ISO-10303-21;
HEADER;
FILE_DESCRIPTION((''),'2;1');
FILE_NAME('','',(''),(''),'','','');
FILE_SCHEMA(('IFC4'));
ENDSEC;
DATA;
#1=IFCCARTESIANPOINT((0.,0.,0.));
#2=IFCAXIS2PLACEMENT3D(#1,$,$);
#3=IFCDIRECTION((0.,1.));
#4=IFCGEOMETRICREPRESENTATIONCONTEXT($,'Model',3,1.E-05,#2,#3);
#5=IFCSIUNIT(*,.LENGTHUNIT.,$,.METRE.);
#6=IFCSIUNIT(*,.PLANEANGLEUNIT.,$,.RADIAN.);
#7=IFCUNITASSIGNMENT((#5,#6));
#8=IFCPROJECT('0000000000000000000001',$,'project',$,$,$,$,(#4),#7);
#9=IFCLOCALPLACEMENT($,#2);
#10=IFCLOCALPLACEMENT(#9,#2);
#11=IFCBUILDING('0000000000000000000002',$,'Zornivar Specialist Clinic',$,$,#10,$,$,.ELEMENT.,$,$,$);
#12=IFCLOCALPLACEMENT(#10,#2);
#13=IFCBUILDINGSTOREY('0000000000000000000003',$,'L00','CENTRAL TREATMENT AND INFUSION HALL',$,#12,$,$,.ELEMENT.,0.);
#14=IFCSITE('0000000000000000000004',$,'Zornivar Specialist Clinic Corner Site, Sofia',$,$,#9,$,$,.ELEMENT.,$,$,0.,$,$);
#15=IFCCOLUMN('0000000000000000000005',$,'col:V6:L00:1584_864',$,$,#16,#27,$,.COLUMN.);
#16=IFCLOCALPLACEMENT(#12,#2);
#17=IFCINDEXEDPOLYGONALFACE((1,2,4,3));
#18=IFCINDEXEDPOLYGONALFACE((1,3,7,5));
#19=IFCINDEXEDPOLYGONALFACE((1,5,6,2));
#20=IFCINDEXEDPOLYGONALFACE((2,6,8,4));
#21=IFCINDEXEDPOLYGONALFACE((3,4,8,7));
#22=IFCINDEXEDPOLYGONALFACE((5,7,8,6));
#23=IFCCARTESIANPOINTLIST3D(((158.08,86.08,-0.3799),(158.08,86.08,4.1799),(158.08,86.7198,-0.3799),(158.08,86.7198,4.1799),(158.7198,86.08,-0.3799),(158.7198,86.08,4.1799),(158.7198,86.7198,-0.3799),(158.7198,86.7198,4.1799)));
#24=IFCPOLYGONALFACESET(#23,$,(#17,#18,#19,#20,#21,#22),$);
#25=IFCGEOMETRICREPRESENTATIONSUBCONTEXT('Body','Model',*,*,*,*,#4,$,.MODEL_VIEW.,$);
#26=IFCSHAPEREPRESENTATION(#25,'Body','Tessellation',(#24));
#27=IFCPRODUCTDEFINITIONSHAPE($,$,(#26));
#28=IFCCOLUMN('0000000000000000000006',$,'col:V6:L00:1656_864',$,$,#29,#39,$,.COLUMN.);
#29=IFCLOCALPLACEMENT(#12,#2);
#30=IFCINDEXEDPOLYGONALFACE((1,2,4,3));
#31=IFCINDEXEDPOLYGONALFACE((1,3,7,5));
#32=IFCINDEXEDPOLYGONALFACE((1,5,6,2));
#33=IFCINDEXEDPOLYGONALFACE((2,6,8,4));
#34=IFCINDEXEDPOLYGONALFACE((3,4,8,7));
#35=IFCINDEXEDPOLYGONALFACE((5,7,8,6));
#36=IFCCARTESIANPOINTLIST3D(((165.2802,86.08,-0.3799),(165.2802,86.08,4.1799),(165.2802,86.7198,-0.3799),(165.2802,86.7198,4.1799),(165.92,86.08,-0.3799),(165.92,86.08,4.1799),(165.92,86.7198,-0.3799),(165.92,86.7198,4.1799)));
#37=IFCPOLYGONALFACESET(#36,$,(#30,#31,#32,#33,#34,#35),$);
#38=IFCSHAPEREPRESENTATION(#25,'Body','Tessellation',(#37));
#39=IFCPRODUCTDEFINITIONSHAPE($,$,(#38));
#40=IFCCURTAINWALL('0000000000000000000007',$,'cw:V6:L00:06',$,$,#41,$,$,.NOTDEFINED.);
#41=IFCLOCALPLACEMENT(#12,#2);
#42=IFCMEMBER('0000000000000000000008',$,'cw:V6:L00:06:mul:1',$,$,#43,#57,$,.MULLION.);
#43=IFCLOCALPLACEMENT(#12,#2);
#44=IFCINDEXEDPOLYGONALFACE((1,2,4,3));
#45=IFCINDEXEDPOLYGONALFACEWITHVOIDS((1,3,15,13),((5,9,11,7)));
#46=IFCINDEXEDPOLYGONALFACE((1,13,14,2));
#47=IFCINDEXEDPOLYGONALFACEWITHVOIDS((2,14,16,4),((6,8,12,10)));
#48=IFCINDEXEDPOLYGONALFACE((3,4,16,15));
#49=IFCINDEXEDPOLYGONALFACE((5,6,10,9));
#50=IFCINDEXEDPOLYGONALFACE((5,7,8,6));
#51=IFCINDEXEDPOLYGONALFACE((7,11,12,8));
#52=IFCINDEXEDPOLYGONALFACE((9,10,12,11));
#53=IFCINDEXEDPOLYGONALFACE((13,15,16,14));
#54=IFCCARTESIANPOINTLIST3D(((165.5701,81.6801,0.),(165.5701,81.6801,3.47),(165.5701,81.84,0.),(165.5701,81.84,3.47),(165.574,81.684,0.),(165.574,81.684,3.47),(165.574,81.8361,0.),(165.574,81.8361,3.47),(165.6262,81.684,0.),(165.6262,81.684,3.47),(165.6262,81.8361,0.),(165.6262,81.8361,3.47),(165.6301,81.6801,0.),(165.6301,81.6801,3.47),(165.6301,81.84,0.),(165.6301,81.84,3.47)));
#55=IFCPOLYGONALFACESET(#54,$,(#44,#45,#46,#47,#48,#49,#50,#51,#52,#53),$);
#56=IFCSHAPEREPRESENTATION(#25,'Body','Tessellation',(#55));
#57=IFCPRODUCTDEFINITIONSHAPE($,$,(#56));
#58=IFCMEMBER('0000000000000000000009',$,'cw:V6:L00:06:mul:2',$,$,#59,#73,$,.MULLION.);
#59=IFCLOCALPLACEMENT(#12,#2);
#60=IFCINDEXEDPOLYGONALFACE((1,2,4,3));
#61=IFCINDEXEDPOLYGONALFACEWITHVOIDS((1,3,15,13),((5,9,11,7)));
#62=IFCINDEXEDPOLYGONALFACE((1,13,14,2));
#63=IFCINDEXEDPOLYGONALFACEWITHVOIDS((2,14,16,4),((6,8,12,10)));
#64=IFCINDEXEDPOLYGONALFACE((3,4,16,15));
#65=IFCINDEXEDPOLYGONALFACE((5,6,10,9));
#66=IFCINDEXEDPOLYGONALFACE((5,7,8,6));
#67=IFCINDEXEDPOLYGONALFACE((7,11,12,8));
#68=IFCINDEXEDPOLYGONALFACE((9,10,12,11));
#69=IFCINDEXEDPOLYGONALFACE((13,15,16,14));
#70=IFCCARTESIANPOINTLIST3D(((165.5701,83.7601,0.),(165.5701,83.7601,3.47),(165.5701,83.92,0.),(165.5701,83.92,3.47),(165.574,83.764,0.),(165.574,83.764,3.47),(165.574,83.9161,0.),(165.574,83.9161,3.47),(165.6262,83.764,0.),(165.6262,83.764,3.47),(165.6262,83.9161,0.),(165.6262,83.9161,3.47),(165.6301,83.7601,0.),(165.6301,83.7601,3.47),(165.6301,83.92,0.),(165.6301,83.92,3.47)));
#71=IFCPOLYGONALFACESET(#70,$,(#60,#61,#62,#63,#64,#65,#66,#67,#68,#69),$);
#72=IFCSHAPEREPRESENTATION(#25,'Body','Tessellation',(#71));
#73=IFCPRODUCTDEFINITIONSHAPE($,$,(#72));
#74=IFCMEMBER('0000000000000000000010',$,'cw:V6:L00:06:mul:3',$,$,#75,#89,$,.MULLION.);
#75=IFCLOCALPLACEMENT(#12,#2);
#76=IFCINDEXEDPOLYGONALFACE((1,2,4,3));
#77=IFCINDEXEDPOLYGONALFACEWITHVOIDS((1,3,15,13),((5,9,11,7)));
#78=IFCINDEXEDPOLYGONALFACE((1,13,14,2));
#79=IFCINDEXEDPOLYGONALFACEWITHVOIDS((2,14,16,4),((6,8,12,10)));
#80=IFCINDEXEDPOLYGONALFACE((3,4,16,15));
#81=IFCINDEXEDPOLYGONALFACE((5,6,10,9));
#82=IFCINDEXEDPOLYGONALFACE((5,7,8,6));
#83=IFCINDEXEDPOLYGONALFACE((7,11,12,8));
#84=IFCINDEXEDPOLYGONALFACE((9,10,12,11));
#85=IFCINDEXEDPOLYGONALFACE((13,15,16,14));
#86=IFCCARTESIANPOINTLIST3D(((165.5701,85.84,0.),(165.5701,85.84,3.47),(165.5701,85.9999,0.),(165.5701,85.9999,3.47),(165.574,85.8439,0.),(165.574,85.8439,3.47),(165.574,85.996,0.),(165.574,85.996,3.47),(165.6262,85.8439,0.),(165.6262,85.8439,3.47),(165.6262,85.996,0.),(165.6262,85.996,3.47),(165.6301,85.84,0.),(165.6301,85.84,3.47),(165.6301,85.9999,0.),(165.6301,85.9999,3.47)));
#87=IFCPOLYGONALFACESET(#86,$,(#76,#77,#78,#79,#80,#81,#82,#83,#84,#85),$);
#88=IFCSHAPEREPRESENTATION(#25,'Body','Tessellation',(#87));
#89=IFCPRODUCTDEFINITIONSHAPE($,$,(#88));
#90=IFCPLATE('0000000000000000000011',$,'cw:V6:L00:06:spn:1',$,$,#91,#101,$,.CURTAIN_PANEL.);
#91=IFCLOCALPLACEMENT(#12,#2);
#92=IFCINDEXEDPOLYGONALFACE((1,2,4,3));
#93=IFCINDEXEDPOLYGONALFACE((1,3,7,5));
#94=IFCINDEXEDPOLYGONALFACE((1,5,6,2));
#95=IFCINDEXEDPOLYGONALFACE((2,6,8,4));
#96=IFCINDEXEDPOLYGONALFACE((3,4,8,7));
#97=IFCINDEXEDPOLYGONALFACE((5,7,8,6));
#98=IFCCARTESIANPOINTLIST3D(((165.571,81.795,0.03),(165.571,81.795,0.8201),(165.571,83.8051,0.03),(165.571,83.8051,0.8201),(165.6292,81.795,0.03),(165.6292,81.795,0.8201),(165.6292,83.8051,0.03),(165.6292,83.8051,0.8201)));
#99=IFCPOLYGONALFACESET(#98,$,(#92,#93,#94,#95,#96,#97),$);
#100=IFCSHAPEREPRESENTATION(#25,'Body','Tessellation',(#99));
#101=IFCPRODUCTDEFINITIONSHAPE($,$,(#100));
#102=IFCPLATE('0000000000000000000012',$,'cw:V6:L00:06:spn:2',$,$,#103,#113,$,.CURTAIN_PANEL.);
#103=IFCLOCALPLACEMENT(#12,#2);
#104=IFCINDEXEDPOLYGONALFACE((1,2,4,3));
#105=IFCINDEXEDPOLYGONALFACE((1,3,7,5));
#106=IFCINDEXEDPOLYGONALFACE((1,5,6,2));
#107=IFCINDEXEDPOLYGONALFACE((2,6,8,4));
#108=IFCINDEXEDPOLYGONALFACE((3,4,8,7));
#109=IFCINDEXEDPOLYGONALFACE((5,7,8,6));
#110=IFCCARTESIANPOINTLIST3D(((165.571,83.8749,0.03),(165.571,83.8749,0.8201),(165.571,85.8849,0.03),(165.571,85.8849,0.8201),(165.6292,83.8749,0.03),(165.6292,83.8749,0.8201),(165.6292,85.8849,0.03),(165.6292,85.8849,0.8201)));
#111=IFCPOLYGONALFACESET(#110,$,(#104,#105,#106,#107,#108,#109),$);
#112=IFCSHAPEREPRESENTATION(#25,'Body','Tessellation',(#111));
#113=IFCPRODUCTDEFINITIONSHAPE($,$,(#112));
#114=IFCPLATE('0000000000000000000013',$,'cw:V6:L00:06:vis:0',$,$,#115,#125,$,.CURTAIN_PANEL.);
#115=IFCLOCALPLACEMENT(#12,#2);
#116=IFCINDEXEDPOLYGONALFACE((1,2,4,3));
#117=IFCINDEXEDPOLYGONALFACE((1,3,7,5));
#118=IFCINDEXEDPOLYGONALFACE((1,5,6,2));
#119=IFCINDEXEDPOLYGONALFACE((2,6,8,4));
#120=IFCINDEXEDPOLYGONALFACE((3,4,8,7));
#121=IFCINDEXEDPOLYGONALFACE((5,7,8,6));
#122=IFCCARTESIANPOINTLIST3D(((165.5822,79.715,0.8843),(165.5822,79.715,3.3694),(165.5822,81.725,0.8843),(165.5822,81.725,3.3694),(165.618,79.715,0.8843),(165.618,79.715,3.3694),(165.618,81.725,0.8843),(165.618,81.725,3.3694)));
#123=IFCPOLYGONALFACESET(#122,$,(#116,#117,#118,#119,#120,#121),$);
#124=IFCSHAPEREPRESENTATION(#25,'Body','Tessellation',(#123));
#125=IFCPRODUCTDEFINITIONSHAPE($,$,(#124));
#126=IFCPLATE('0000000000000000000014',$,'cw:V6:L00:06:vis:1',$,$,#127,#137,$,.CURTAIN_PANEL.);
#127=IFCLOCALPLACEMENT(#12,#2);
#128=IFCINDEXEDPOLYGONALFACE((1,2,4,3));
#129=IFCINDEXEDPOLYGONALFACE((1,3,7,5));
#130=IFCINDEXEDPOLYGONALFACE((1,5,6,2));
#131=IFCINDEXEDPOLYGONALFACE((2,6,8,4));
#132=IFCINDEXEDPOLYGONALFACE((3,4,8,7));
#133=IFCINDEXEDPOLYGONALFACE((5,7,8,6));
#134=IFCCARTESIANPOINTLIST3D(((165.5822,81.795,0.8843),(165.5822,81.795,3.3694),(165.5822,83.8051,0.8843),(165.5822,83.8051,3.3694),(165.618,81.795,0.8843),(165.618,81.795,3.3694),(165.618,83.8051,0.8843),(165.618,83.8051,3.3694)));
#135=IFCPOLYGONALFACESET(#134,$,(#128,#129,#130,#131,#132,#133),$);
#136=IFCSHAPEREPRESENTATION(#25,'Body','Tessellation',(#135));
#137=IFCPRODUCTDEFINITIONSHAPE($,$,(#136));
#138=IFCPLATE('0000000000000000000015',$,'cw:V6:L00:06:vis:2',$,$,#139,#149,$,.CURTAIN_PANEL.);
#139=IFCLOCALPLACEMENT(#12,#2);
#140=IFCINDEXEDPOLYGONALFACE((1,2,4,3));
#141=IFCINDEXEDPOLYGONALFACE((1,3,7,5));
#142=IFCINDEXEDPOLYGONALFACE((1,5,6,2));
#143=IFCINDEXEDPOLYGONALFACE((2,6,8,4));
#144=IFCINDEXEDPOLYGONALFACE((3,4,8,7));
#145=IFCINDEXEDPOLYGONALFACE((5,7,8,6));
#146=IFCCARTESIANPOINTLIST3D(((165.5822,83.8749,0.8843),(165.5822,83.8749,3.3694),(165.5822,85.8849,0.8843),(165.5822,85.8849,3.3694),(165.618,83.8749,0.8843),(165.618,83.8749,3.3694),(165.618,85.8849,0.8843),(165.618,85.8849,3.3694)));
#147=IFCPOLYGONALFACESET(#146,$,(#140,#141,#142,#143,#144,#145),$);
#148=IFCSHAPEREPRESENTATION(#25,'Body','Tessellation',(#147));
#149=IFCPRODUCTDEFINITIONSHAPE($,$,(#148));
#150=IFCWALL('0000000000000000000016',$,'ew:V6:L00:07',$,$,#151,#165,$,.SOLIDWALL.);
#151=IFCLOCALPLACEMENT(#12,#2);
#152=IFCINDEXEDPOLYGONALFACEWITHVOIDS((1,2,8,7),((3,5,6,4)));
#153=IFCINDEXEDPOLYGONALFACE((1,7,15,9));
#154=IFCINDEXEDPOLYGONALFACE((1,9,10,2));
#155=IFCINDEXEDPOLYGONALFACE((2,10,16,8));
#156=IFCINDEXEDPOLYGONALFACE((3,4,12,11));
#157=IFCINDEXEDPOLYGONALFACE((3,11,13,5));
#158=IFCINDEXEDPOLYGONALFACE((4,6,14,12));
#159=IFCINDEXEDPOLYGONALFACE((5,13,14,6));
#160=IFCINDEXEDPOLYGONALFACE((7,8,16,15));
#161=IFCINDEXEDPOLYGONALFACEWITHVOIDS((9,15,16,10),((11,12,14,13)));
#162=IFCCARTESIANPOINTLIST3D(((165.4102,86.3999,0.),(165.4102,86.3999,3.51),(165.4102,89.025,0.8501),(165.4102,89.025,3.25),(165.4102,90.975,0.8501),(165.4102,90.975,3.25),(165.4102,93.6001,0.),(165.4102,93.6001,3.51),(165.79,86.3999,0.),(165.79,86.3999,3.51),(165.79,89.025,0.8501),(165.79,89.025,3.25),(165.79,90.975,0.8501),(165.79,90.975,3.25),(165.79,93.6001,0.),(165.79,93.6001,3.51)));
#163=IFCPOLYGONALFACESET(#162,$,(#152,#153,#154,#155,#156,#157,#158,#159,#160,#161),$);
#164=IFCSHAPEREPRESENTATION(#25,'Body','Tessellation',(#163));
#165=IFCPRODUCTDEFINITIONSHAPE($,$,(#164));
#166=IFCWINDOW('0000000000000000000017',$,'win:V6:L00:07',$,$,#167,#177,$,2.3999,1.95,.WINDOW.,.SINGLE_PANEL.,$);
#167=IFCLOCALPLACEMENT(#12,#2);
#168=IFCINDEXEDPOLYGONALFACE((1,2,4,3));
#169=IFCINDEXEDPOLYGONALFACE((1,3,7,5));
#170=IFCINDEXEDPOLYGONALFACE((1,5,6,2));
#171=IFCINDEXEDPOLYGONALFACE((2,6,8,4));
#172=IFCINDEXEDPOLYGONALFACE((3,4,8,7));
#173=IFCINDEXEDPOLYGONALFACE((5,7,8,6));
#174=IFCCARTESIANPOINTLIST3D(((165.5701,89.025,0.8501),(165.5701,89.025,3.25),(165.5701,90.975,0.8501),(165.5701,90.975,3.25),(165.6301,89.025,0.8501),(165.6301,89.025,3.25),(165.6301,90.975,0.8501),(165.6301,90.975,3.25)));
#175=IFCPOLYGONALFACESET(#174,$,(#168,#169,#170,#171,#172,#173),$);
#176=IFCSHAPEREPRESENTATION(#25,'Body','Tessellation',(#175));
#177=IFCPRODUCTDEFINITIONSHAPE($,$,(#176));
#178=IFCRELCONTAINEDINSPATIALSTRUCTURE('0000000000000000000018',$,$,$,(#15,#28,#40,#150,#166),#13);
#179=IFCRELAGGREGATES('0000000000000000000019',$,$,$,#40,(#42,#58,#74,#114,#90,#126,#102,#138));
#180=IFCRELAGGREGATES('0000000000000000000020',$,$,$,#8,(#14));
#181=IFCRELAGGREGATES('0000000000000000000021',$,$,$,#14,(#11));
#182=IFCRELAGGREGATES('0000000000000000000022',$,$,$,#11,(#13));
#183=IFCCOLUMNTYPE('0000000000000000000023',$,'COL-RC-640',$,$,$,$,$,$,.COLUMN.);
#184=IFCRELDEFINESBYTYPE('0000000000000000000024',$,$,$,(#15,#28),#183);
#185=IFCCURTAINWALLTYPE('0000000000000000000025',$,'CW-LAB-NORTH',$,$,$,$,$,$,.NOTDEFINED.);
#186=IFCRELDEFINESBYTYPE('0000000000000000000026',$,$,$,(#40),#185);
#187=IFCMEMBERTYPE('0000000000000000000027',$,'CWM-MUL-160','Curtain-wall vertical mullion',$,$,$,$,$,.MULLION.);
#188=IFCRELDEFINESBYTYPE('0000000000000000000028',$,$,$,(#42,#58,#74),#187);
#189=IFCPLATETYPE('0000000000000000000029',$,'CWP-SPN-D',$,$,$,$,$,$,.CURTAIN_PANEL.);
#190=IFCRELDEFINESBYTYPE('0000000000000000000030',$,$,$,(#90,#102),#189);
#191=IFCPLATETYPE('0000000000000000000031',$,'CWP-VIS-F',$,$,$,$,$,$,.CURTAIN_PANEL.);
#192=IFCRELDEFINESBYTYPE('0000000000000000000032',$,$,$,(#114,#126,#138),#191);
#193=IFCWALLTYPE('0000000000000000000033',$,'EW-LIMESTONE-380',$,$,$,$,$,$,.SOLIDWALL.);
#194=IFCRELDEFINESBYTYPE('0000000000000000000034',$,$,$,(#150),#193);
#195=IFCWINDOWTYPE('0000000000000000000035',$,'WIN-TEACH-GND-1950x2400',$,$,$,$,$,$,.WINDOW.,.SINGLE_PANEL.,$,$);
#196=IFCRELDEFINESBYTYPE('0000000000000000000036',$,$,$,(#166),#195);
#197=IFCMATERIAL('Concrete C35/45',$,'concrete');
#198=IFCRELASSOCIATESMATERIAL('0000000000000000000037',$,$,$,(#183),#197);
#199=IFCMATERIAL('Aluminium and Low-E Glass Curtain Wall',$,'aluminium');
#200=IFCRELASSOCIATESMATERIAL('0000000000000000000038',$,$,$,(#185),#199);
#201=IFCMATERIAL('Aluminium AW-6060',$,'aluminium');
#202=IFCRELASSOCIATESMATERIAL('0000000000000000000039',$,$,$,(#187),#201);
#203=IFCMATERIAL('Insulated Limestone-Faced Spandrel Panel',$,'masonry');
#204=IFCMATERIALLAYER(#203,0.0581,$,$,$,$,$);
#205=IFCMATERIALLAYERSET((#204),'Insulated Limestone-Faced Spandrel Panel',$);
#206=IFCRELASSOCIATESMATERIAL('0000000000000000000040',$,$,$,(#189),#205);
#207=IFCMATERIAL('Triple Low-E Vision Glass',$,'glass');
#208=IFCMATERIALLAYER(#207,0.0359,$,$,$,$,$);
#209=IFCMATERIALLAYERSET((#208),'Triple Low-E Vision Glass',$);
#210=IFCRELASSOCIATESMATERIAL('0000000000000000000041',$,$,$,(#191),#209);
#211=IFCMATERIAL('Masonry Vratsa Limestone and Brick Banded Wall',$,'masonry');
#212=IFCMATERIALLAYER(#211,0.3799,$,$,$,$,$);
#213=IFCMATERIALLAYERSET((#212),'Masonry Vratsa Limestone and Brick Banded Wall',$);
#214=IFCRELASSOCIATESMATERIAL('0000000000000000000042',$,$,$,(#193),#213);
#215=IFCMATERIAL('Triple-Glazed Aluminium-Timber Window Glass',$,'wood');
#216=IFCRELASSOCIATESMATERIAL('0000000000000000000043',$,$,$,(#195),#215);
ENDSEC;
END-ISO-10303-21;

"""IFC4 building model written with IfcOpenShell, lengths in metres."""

from ifc_helpers import new_model, si_unit, direction, frame, frame_2d, origin, origin_2d, place, context, subcontext, project, spatial, rectangle, hollow_rectangle, extrude, material, layer, layer_set, material_profile, profile_set, type_object, element, fill, aggregate, save


model = new_model("IFC4")

# Units and contexts
model_context = context("Model", 3, precision=1e-05, world=origin(), true_north=direction((0.0, 1.0)))
body_context = subcontext(model_context, "Body", "Model", "MODEL_VIEW")
ifc_project = project(units=[si_unit("LENGTHUNIT", "METRE"), si_unit("PLANEANGLEUNIT", "RADIAN")], contexts=[model_context])

# Site, building, storey
site_placement = place(None, origin())
site = spatial("IfcSite", under=ifc_project, at=site_placement, Name="Zornivar Specialist Clinic Corner Site, Sofia", CompositionType="ELEMENT", RefElevation=0.0)
building_placement = place(site_placement, origin())
building = spatial("IfcBuilding", under=site, at=building_placement, Name="Zornivar Specialist Clinic", CompositionType="ELEMENT")
storey_placement = place(building_placement, origin())
storey = spatial("IfcBuildingStorey", under=building, at=storey_placement, Name="L00", Description="CENTRAL TREATMENT AND INFUSION HALL", CompositionType="ELEMENT", Elevation=0.0)

# Columns
ifc_material_1 = material(Name="Concrete C35/45", Category="concrete")
ifc_material_profile_1 = material_profile(ifc_material_1, rectangle(XDim=0.6399, YDim=0.6399, at=origin_2d()), Name="RC 640x640")
ifc_profile_set_1 = profile_set([ifc_material_profile_1], Name="Concrete C35/45")
column_type = type_object("IfcColumnType", Name="COL-RC-640", PredefinedType="COLUMN", material=ifc_profile_set_1)
for number, where, z_axis, x_axis, name in (
    (1, (158.3999, 86.3999, -0.3799), (0.0, 0.0, 1.0), (1.0, 0.0, 0.0), "col:V6:L00:1584_864"),
    (2, (165.6001, 86.3999, -0.3799), (0.0, 0.0, 1.0), (1.0, 0.0, 0.0), "col:V6:L00:1656_864"),
):
    element("IfcColumn", number, at=place(storey_placement, frame(where, z_axis=z_axis, x_axis=x_axis)), inside=storey, type_object=column_type, Name=name, PredefinedType="COLUMN", context=body_context, shape_type="SweptSolid", body=[
        extrude(rectangle(XDim=0.6399, YDim=0.6399, at=origin_2d()), origin(), (0.0, 0.0, 1.0), 4.5598),
    ])

# Curtain wall, members, plates
ifc_material_2 = material(Name="Aluminium and Low-E Glass Curtain Wall", Category="aluminium")
curtain_wall_type = type_object("IfcCurtainWallType", Name="CW-LAB-NORTH", PredefinedType="NOTDEFINED", material=ifc_material_2)
curtain_wall_placement = place(storey_placement, origin())
curtain_wall = element("IfcCurtainWall", 3, at=curtain_wall_placement, inside=storey, type_object=curtain_wall_type, Name="cw:V6:L00:06", PredefinedType="NOTDEFINED")
ifc_material_3 = material(Name="Aluminium AW-6060", Category="aluminium")
ifc_material_profile_2 = material_profile(ifc_material_3, hollow_rectangle(XDim=0.0601, YDim=0.1599, WallThickness=0.0039, at=origin_2d()), Name="ALU 60x160x4")
ifc_profile_set_2 = profile_set([ifc_material_profile_2], Name="Aluminium AW-6060")
member_type = type_object("IfcMemberType", Name="CWM-MUL-160", Description="Curtain-wall vertical mullion", PredefinedType="MULLION", material=ifc_profile_set_2)
member_1_placement = place(storey_placement, frame((165.6001, 81.76, 0.0), z_axis=(0.0, 0.0, 1.0), x_axis=(1.0, 0.0, 0.0)))
member_1 = element("IfcMember", 4, at=member_1_placement, type_object=member_type, Name="cw:V6:L00:06:mul:1", PredefinedType="MULLION", context=body_context, shape_type="SweptSolid", body=[
    extrude(hollow_rectangle(XDim=0.0601, YDim=0.1599, WallThickness=0.0039, at=origin_2d()), origin(), (0.0, 0.0, 1.0), 3.47),
])
member_2_placement = place(storey_placement, frame((165.6001, 83.8401, 0.0), z_axis=(0.0, 0.0, 1.0), x_axis=(1.0, 0.0, 0.0)))
member_2 = element("IfcMember", 5, at=member_2_placement, type_object=member_type, Name="cw:V6:L00:06:mul:2", PredefinedType="MULLION", context=body_context, shape_type="SweptSolid", body=[
    extrude(hollow_rectangle(XDim=0.0601, YDim=0.1599, WallThickness=0.0039, at=origin_2d()), origin(), (0.0, 0.0, 1.0), 3.47),
])
member_3_placement = place(storey_placement, frame((165.6001, 85.9199, 0.0), z_axis=(0.0, 0.0, 1.0), x_axis=(1.0, 0.0, 0.0)))
member_3 = element("IfcMember", 6, at=member_3_placement, type_object=member_type, Name="cw:V6:L00:06:mul:3", PredefinedType="MULLION", context=body_context, shape_type="SweptSolid", body=[
    extrude(hollow_rectangle(XDim=0.0601, YDim=0.1599, WallThickness=0.0039, at=origin_2d()), origin(), (0.0, 0.0, 1.0), 3.47),
])
ifc_material_4 = material(Name="Insulated Limestone-Faced Spandrel Panel", Category="masonry")
ifc_layer_1 = layer(ifc_material_4, 0.0581)
ifc_layer_set_1 = layer_set([ifc_layer_1], Name="Insulated Limestone-Faced Spandrel Panel")
plate_type_1 = type_object("IfcPlateType", Name="CWP-SPN-D", PredefinedType="CURTAIN_PANEL", material=ifc_layer_set_1)
plate_1_placement = place(storey_placement, frame((165.6001, 82.8, 0.03), z_axis=(0.0, 0.0, 1.0), x_axis=(0.0, 1.0, 0.0)))
plate_1 = element("IfcPlate", 7, at=plate_1_placement, type_object=plate_type_1, Name="cw:V6:L00:06:spn:1", PredefinedType="CURTAIN_PANEL", context=body_context, shape_type="SweptSolid", body=[
    extrude(rectangle(XDim=2.01, YDim=0.0581, at=origin_2d()), origin(), (0.0, 0.0, 1.0), 0.79),
])
plate_2_placement = place(storey_placement, frame((165.6001, 84.8799, 0.03), z_axis=(0.0, 0.0, 1.0), x_axis=(0.0, 1.0, 0.0)))
plate_2 = element("IfcPlate", 8, at=plate_2_placement, type_object=plate_type_1, Name="cw:V6:L00:06:spn:2", PredefinedType="CURTAIN_PANEL", context=body_context, shape_type="SweptSolid", body=[
    extrude(rectangle(XDim=2.01, YDim=0.0581, at=origin_2d()), origin(), (0.0, 0.0, 1.0), 0.79),
])
ifc_material_5 = material(Name="Triple Low-E Vision Glass", Category="glass")
ifc_layer_2 = layer(ifc_material_5, 0.0359)
ifc_layer_set_2 = layer_set([ifc_layer_2], Name="Triple Low-E Vision Glass")
plate_type_2 = type_object("IfcPlateType", Name="CWP-VIS-F", PredefinedType="CURTAIN_PANEL", material=ifc_layer_set_2)
plate_3_placement = place(storey_placement, frame((165.6001, 80.72, 0.8843), z_axis=(0.0, 0.0, 1.0), x_axis=(0.0, 1.0, 0.0)))
plate_3 = element("IfcPlate", 9, at=plate_3_placement, type_object=plate_type_2, Name="cw:V6:L00:06:vis:0", PredefinedType="CURTAIN_PANEL", context=body_context, shape_type="SweptSolid", body=[
    extrude(rectangle(XDim=2.01, YDim=0.0359, at=origin_2d()), origin(), (0.0, 0.0, 1.0), 2.4851),
])
plate_4_placement = place(storey_placement, frame((165.6001, 82.8, 0.8843), z_axis=(0.0, 0.0, 1.0), x_axis=(0.0, 1.0, 0.0)))
plate_4 = element("IfcPlate", 10, at=plate_4_placement, type_object=plate_type_2, Name="cw:V6:L00:06:vis:1", PredefinedType="CURTAIN_PANEL", context=body_context, shape_type="SweptSolid", body=[
    extrude(rectangle(XDim=2.01, YDim=0.0359, at=origin_2d()), origin(), (0.0, 0.0, 1.0), 2.4851),
])
plate_5_placement = place(storey_placement, frame((165.6001, 84.8799, 0.8843), z_axis=(0.0, 0.0, 1.0), x_axis=(0.0, 1.0, 0.0)))
plate_5 = element("IfcPlate", 11, at=plate_5_placement, type_object=plate_type_2, Name="cw:V6:L00:06:vis:2", PredefinedType="CURTAIN_PANEL", context=body_context, shape_type="SweptSolid", body=[
    extrude(rectangle(XDim=2.01, YDim=0.0359, at=origin_2d()), origin(), (0.0, 0.0, 1.0), 2.4851),
])
aggregate(curtain_wall, [member_1, member_2, member_3, plate_3, plate_1, plate_4, plate_2, plate_5])

# Wall, opening, window
ifc_material_6 = material(Name="Masonry Vratsa Limestone and Brick Banded Wall", Category="masonry")
ifc_layer_3 = layer(ifc_material_6, 0.3799)
ifc_layer_set_3 = layer_set([ifc_layer_3], Name="Masonry Vratsa Limestone and Brick Banded Wall")
wall_type_1 = type_object("IfcWallType", Name="EW-LIMESTONE-380", PredefinedType="SOLIDWALL", material=ifc_layer_set_3)
wall_1_placement = place(storey_placement, frame((165.6001, 86.3999, 0.0), z_axis=(0.0, 0.0, 1.0), x_axis=(0.0, 1.0, 0.0)))
wall_1 = element("IfcWall", 12, at=wall_1_placement, inside=storey, type_object=wall_type_1, Name="ew:V6:L00:07", PredefinedType="SOLIDWALL", context=body_context, shape_type="SweptSolid", body=[
    extrude(rectangle(XDim=7.2002, YDim=0.3799, at=frame_2d((3.6001, 0.0))), origin(), (0.0, 0.0, 1.0), 3.51),
])
opening_1_placement = place(wall_1_placement, frame((2.625, 0.0, 0.8501)))
opening_1 = element("IfcOpeningElement", 13, at=opening_1_placement, cuts=wall_1, PredefinedType="OPENING", context=body_context, shape_type="SweptSolid", body=[
    extrude(rectangle(XDim=1.95, YDim=2.3999, at=frame_2d((0.9751, 1.2))), frame((0.0, 0.2, 0.0), z_axis=(0.0, -1.0, 0.0), x_axis=(1.0, 0.0, 0.0)), (0.0, 0.0, 1.0), 0.3999),
])
ifc_material_7 = material(Name="Triple-Glazed Aluminium-Timber Window Glass", Category="wood")
window_type = type_object("IfcWindowType", Name="WIN-TEACH-GND-1950x2400", PartitioningType="SINGLE_PANEL", PredefinedType="WINDOW", material=ifc_material_7)
window_placement = place(opening_1_placement, origin())
window = element("IfcWindow", 14, at=window_placement, inside=storey, type_object=window_type, Name="win:V6:L00:07", OverallHeight=2.3999, OverallWidth=1.95, PartitioningType="SINGLE_PANEL", PredefinedType="WINDOW", context=body_context, shape_type="SweptSolid", body=[
    extrude(rectangle(XDim=1.95, YDim=2.3999, at=frame_2d((0.9751, 1.2))), frame((0.0, 0.03, 0.0), z_axis=(0.0, -1.0, 0.0), x_axis=(1.0, 0.0, 0.0)), (0.0, 0.0, 1.0), 0.0601),
])
fill(opening_1, window)

save(model, "model.ifc")
